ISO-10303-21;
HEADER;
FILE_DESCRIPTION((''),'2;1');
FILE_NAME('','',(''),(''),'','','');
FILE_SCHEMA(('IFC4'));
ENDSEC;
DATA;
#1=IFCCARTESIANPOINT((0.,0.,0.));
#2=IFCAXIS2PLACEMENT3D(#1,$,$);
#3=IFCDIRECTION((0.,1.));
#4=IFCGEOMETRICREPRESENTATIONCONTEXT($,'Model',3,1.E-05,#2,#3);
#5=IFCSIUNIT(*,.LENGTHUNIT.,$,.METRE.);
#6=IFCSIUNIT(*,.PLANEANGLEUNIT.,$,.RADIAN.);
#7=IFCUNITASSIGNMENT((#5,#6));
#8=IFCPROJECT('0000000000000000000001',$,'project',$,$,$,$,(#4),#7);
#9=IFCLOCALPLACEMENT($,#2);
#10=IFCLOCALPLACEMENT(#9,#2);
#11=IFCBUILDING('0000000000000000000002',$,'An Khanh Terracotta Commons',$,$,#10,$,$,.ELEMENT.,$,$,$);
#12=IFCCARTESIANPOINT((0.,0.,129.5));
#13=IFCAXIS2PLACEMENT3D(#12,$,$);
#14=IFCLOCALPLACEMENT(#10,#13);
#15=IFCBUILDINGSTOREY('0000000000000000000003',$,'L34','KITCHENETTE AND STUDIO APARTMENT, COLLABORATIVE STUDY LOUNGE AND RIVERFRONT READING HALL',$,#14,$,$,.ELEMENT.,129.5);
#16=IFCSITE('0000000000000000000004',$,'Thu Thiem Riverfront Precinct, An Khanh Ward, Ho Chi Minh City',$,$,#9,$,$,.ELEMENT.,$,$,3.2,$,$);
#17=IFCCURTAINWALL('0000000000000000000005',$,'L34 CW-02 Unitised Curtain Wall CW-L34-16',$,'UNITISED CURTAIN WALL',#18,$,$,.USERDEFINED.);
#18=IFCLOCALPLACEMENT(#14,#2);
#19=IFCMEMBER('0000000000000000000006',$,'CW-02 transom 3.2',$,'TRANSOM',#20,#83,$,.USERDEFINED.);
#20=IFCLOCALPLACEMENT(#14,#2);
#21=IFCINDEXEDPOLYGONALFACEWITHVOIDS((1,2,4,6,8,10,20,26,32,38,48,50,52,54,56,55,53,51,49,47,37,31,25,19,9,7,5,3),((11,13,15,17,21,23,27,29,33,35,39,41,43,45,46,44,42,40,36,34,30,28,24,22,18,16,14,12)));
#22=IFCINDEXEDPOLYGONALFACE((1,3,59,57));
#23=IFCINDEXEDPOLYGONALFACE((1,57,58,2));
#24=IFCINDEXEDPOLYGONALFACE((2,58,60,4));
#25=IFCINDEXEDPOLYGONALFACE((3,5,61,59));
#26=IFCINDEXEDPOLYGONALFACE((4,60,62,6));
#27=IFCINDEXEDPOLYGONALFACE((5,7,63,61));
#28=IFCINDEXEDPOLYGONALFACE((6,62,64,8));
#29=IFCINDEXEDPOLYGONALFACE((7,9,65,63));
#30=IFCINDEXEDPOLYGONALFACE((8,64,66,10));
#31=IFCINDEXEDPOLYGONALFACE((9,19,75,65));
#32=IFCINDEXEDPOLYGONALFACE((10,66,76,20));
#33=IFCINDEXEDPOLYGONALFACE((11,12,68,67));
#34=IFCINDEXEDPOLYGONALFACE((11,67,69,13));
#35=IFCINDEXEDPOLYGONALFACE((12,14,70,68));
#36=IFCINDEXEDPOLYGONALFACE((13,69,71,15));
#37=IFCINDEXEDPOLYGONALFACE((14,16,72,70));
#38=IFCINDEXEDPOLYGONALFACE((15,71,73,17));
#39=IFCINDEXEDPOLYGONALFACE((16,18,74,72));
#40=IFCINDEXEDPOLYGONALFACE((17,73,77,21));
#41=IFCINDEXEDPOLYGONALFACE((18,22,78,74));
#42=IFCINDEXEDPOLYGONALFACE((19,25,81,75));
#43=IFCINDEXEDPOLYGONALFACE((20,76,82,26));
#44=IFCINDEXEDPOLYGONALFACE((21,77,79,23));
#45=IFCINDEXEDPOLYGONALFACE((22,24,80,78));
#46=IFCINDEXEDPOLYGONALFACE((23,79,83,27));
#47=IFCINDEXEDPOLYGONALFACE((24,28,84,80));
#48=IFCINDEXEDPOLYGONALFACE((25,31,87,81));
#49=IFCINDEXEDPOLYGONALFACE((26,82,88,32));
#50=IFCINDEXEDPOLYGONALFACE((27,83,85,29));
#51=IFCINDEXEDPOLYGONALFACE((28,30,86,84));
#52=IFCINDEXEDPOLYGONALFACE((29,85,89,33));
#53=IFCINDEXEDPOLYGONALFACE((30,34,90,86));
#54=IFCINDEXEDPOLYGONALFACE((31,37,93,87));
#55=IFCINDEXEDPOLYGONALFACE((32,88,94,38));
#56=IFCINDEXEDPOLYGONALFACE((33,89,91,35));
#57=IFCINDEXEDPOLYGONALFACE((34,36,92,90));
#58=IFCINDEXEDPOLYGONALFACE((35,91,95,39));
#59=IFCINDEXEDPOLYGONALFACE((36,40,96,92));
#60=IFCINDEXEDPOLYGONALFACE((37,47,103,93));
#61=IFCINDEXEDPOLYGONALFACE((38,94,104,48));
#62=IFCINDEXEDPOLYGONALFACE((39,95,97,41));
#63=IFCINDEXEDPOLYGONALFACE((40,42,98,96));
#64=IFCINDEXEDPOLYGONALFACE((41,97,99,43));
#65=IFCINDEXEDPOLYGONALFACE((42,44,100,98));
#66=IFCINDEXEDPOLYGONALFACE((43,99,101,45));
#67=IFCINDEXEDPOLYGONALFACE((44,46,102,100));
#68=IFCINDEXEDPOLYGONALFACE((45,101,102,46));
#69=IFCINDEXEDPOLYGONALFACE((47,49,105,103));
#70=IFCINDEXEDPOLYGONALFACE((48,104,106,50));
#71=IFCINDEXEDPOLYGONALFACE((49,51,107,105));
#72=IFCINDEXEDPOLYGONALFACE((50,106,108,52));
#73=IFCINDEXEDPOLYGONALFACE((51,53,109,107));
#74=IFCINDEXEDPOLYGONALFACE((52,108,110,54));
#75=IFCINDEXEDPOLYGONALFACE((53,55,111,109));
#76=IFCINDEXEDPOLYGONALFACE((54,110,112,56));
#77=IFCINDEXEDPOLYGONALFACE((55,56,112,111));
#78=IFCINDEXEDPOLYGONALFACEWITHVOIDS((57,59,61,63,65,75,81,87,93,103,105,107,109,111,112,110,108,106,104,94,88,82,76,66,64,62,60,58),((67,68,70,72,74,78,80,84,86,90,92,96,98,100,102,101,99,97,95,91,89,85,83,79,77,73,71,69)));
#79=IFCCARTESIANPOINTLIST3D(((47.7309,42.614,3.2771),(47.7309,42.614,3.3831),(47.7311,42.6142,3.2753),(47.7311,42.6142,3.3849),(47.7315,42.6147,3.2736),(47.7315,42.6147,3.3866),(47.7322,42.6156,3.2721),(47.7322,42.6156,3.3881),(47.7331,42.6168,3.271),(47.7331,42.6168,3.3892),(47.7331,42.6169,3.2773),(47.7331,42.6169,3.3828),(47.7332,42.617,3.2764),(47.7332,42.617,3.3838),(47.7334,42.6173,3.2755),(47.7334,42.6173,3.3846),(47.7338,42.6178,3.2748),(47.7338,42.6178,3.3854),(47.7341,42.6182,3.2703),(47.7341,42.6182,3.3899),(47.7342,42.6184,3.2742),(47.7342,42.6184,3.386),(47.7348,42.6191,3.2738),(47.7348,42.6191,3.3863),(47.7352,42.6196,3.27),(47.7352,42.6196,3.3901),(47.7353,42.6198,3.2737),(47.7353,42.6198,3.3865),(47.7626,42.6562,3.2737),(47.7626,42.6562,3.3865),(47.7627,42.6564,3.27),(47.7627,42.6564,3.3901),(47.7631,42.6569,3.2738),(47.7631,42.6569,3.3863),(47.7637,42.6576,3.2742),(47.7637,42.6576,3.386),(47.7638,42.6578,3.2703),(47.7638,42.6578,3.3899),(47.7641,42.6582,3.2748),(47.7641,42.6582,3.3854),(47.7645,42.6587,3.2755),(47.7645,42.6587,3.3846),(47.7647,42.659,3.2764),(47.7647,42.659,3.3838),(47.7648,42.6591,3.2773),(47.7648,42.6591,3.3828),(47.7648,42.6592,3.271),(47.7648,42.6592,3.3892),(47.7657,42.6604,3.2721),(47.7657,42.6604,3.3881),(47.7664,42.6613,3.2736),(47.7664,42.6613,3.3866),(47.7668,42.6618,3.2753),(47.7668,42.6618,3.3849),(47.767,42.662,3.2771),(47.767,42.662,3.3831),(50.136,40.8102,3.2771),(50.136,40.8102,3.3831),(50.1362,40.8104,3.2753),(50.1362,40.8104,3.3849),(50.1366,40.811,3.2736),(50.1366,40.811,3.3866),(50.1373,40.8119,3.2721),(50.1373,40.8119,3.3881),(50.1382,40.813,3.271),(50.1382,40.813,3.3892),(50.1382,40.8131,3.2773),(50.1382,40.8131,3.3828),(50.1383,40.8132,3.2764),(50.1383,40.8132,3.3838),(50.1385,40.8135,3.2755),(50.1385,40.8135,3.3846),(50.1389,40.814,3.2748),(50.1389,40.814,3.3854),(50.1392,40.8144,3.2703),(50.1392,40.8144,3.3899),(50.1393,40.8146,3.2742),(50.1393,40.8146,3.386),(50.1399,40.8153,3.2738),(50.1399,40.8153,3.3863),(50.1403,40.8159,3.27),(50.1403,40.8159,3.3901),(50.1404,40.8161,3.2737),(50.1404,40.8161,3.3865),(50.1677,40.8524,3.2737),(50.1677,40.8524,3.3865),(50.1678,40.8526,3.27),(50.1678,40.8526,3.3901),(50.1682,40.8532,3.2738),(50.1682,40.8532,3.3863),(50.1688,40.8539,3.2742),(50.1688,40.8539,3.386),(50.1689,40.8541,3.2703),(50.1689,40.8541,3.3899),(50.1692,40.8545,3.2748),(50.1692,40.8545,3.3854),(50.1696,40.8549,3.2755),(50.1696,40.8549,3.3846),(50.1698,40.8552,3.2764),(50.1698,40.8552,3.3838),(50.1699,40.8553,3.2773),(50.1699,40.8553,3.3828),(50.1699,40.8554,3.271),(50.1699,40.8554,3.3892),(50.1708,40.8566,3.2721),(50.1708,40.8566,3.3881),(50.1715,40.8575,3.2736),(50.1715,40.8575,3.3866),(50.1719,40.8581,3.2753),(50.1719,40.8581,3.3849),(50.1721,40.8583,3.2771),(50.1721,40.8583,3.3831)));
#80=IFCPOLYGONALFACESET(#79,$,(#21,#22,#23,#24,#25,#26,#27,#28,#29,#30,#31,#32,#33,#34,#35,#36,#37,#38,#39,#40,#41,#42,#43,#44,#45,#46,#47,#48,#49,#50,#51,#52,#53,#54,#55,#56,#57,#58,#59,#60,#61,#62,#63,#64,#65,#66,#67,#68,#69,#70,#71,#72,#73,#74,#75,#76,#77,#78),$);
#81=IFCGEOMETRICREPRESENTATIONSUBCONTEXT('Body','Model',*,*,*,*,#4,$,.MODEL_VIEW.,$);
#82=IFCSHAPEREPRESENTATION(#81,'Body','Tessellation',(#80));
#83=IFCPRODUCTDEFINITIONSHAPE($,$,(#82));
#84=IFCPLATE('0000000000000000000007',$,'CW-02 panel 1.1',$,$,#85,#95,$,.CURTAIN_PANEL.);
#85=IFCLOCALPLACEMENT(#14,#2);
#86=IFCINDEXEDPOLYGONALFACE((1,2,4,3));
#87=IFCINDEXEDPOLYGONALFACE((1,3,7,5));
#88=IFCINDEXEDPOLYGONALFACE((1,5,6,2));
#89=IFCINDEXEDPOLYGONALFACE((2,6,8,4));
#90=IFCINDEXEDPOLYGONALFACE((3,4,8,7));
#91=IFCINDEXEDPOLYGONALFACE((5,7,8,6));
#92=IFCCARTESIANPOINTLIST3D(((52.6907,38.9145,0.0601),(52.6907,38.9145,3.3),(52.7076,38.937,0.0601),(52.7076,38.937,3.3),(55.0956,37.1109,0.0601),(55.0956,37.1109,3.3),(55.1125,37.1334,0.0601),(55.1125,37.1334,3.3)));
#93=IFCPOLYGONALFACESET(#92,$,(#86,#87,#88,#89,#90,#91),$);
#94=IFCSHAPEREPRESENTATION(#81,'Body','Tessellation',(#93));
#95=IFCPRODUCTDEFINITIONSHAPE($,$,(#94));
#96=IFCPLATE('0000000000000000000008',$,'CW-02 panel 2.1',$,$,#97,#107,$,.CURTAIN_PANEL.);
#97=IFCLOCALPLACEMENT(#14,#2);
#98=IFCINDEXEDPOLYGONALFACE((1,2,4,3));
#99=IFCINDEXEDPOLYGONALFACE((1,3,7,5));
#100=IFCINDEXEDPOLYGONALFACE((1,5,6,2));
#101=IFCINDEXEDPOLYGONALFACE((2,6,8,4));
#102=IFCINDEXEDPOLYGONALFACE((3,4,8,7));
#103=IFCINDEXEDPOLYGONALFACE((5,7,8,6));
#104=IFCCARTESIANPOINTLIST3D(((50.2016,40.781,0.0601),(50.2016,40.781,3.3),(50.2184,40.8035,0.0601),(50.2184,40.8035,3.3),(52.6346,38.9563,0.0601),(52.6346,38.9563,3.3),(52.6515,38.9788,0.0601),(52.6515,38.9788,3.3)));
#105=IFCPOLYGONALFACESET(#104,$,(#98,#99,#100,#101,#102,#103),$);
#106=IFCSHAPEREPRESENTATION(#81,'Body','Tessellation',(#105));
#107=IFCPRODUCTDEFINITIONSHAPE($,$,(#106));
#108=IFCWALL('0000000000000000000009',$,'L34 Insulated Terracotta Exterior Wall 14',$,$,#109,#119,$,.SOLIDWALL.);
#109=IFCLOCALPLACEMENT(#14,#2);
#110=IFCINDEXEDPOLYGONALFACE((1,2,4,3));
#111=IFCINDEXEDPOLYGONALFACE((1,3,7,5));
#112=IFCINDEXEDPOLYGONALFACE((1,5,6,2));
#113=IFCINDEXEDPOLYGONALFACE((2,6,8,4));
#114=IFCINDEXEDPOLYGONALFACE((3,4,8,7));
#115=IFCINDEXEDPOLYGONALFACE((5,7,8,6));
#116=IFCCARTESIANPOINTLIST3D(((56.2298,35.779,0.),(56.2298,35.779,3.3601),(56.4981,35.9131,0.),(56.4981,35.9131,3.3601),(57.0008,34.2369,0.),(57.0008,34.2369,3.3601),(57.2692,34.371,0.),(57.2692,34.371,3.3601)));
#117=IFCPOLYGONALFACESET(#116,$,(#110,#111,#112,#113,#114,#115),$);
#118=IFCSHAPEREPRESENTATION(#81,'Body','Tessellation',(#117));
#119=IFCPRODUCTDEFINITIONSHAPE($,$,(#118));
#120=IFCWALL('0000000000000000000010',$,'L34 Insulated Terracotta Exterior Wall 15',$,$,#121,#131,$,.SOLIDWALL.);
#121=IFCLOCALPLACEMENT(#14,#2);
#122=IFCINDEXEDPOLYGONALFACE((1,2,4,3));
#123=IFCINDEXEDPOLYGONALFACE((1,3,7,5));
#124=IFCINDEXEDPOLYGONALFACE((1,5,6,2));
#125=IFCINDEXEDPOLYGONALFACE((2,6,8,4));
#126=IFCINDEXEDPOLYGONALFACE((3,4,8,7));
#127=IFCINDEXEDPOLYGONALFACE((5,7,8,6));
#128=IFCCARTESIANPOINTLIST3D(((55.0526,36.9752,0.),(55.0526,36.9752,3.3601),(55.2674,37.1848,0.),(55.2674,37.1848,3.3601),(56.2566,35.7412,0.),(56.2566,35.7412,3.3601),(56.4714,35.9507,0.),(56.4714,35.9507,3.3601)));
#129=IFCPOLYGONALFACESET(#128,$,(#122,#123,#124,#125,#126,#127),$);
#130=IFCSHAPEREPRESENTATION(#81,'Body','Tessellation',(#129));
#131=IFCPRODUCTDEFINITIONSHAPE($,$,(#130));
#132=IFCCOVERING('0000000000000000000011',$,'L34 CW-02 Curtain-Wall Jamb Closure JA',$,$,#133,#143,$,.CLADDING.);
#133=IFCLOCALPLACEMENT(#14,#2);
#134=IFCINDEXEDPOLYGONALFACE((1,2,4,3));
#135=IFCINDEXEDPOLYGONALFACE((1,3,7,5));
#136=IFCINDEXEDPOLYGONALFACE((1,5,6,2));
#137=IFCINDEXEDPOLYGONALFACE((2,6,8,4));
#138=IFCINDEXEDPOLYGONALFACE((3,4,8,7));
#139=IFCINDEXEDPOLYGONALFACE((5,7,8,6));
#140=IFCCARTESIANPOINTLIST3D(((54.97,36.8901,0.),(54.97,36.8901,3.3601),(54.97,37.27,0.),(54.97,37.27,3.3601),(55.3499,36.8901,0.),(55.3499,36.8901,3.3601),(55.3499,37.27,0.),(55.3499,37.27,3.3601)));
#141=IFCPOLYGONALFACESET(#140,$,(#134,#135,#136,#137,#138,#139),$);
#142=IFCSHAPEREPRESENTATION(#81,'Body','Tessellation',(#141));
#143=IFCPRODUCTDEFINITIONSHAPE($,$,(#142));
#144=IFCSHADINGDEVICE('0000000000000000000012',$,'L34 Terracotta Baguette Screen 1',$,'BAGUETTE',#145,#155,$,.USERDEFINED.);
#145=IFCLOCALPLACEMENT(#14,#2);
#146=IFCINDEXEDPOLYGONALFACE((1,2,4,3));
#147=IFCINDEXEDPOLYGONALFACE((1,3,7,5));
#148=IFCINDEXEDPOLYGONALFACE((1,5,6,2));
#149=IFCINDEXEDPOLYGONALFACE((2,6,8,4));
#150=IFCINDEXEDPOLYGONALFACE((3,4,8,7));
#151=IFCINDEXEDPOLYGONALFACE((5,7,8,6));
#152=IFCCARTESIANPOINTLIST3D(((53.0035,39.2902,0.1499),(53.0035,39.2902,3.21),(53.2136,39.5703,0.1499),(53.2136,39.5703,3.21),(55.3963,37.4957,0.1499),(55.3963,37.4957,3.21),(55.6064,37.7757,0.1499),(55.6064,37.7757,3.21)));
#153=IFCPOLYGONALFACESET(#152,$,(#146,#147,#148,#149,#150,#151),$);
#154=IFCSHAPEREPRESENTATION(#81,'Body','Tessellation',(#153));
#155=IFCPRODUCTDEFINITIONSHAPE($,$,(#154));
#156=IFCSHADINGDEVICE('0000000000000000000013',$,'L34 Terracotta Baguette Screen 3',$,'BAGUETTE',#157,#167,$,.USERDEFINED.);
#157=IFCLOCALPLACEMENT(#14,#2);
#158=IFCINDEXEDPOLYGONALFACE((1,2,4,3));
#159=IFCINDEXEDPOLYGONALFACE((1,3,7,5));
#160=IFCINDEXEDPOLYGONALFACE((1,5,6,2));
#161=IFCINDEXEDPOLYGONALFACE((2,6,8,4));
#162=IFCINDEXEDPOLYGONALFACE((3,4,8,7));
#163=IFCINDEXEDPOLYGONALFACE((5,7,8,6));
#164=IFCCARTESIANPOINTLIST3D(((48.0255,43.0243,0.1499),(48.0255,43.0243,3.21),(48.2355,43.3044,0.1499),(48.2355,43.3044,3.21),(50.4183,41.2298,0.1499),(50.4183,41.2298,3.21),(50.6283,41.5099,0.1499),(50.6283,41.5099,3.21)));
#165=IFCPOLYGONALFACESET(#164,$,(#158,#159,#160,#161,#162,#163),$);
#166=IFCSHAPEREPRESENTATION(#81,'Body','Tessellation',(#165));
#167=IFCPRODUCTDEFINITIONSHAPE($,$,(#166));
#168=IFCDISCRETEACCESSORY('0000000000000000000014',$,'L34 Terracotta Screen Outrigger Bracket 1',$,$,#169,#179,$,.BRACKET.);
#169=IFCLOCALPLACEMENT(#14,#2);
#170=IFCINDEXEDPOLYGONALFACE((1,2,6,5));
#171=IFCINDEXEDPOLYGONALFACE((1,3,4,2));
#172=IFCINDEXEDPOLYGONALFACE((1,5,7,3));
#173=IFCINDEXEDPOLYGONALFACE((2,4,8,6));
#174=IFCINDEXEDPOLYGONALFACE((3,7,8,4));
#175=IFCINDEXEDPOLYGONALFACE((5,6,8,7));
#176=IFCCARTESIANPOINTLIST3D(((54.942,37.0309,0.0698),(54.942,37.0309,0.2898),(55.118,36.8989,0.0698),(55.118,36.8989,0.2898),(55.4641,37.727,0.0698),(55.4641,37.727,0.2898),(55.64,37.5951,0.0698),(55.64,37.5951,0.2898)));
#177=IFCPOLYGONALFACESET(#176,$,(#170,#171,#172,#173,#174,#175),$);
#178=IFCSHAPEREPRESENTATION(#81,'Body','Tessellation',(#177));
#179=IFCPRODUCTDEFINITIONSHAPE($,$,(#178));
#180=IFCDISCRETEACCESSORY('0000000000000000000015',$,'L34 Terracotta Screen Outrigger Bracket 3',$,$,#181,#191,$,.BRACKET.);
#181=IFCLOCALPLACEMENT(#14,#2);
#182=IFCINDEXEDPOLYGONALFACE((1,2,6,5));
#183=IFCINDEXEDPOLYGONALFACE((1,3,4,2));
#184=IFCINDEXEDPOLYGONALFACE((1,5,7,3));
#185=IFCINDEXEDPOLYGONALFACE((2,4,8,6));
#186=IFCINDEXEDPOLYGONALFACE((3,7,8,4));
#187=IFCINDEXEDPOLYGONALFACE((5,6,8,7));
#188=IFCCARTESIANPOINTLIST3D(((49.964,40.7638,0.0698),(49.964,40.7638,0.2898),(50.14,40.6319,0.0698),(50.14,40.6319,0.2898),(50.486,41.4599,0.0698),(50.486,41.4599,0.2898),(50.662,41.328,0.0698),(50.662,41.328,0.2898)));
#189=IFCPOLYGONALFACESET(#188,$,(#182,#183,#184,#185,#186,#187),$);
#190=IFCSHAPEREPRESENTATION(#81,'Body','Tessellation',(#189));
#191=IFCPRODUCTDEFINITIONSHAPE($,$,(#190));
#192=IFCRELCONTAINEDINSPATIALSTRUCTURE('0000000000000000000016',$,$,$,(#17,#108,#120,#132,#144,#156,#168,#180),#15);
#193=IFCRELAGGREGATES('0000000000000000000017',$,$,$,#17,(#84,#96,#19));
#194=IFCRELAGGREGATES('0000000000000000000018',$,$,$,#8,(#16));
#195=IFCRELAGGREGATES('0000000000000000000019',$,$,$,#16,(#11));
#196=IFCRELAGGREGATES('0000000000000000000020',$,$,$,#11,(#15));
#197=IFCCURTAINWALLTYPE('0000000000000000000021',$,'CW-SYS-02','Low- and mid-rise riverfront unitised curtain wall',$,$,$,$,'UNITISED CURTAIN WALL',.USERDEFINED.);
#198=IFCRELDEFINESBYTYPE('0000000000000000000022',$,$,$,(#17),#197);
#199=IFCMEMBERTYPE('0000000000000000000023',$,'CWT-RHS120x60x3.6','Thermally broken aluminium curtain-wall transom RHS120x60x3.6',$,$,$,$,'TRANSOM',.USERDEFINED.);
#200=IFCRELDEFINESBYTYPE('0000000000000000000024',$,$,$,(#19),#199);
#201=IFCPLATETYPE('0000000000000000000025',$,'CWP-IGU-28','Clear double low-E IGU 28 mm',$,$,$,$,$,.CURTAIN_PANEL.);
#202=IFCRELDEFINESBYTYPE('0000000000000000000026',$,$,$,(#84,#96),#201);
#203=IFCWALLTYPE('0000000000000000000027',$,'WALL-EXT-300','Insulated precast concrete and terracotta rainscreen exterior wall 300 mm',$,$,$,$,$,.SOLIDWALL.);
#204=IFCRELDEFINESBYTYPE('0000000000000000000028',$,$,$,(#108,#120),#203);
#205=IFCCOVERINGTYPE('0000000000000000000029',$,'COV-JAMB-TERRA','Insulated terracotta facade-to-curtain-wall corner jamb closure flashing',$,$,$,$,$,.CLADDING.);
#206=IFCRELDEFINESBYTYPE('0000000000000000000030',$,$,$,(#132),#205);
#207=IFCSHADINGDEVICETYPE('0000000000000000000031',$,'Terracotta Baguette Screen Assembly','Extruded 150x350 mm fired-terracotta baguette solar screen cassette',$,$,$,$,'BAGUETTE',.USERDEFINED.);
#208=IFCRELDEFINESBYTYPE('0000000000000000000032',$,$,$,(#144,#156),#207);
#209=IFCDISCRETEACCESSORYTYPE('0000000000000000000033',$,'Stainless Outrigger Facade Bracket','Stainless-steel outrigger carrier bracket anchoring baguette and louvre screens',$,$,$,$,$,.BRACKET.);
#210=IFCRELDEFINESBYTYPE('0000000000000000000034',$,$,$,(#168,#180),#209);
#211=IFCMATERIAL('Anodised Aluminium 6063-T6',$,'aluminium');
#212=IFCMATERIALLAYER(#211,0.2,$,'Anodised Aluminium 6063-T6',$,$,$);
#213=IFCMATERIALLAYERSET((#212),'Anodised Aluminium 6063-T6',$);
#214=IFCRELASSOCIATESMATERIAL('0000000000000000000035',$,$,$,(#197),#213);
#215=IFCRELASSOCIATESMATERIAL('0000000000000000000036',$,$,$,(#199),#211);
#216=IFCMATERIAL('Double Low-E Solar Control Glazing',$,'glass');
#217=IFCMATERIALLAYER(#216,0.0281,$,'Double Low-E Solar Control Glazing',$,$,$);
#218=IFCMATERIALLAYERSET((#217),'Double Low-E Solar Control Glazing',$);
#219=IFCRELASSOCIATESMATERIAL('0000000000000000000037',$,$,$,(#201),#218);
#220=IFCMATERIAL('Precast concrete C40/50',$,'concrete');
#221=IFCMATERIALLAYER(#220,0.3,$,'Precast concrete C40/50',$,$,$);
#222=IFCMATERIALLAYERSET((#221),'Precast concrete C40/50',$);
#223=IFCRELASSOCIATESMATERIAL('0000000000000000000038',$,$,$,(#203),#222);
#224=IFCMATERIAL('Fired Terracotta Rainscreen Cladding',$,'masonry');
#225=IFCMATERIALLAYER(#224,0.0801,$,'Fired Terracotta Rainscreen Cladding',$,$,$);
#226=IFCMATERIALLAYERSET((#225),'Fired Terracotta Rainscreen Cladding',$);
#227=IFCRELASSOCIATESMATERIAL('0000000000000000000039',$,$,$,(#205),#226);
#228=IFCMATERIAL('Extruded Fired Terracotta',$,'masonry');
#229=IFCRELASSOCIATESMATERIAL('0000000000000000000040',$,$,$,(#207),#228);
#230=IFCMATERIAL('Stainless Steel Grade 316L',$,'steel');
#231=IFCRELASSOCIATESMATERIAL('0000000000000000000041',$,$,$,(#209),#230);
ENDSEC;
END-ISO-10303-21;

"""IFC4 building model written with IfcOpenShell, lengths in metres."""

from ifc_helpers import new_model, si_unit, direction, frame, frame_2d, origin, origin_2d, place, context, subcontext, project, spatial, rectangle, hollow_rectangle, extrude, material, layer, layer_set, material_profile, profile_set, type_object, element, aggregate, save


model = new_model("IFC4")

# Units and contexts
model_context = context("Model", 3, precision=1e-05, world=origin(), true_north=direction((0.0, 1.0)))
body_context = subcontext(model_context, "Body", "Model", "MODEL_VIEW")
ifc_project = project(units=[si_unit("LENGTHUNIT", "METRE"), si_unit("PLANEANGLEUNIT", "RADIAN")], contexts=[model_context])

# Site, building, storey
site_placement = place(None, origin())
site = spatial("IfcSite", under=ifc_project, at=site_placement, Name="Thu Thiem Riverfront Precinct, An Khanh Ward, Ho Chi Minh City", CompositionType="ELEMENT", RefElevation=3.2)
building_placement = place(site_placement, origin())
building = spatial("IfcBuilding", under=site, at=building_placement, Name="An Khanh Terracotta Commons", CompositionType="ELEMENT")
storey_placement = place(building_placement, frame((0.0, 0.0, 129.5)))
storey = spatial("IfcBuildingStorey", under=building, at=storey_placement, Name="L34", Description="KITCHENETTE AND STUDIO APARTMENT, COLLABORATIVE STUDY LOUNGE AND RIVERFRONT READING HALL", CompositionType="ELEMENT", Elevation=129.5)

# Curtain wall, member, plates
ifc_material_1 = material(Name="Anodised Aluminium 6063-T6", Category="aluminium")
ifc_layer_1 = layer(ifc_material_1, 0.2, Name="Anodised Aluminium 6063-T6")
ifc_layer_set_1 = layer_set([ifc_layer_1], Name="Anodised Aluminium 6063-T6")
curtain_wall_type = type_object("IfcCurtainWallType", Name="CW-SYS-02", Description="Low- and mid-rise riverfront unitised curtain wall", ElementType="UNITISED CURTAIN WALL", PredefinedType="USERDEFINED", material=ifc_layer_set_1)
curtain_wall_placement = place(storey_placement, origin())
curtain_wall = element("IfcCurtainWall", 1, at=curtain_wall_placement, inside=storey, type_object=curtain_wall_type, Name="L34 CW-02 Unitised Curtain Wall CW-L34-16", ObjectType="UNITISED CURTAIN WALL", PredefinedType="USERDEFINED")
ifc_material_profile_1 = material_profile(ifc_material_1, hollow_rectangle(XDim=0.0601, YDim=0.1201, WallThickness=0.0037, InnerFilletRadius=0.0037, OuterFilletRadius=0.0071, at=origin_2d()), Name="RHS120x60x3.6")
ifc_profile_set_1 = profile_set([ifc_material_profile_1], Name="Anodised Aluminium 6063-T6")
member_type_1 = type_object("IfcMemberType", Name="CWT-RHS120x60x3.6", Description="Thermally broken aluminium curtain-wall transom RHS120x60x3.6", ElementType="TRANSOM", PredefinedType="USERDEFINED", material=ifc_profile_set_1)
member_1_placement = place(storey_placement, frame((50.1541, 40.8342, 3.3301), z_axis=(-0.80001, 0.599987, 0.0), x_axis=(-0.599987, -0.80001, 0.0)))
member_1 = element("IfcMember", 2, at=member_1_placement, type_object=member_type_1, Name="CW-02 transom 3.2", ObjectType="TRANSOM", PredefinedType="USERDEFINED", context=body_context, shape_type="SweptSolid", body=[
    extrude(hollow_rectangle(XDim=0.0601, YDim=0.1201, WallThickness=0.0037, InnerFilletRadius=0.0037, OuterFilletRadius=0.0071, at=origin_2d()), origin(), (0.0, 0.0, 1.0), 3.0063),
])
ifc_material_2 = material(Name="Double Low-E Solar Control Glazing", Category="glass")
ifc_layer_2 = layer(ifc_material_2, 0.0281, Name="Double Low-E Solar Control Glazing")
ifc_layer_set_2 = layer_set([ifc_layer_2], Name="Double Low-E Solar Control Glazing")
plate_type = type_object("IfcPlateType", Name="CWP-IGU-28", Description="Clear double low-E IGU 28 mm", PredefinedType="CURTAIN_PANEL", material=ifc_layer_set_2)
plate_1_placement = place(storey_placement, frame((53.9016, 38.0239, 0.0601), z_axis=(0.0, 0.0, 1.0), x_axis=(-0.800013, 0.599983, 0.0)))
plate_1 = element("IfcPlate", 3, at=plate_1_placement, type_object=plate_type, Name="CW-02 panel 1.1", PredefinedType="CURTAIN_PANEL", context=body_context, shape_type="SweptSolid", body=[
    extrude(rectangle(XDim=3.0061, YDim=0.0281, at=origin_2d()), origin(), (0.0, 0.0, 1.0), 3.24),
])
plate_2_placement = place(storey_placement, frame((51.4265, 39.8799, 0.0601), z_axis=(0.0, 0.0, 1.0), x_axis=(-0.800013, 0.599983, 0.0)))
plate_2 = element("IfcPlate", 4, at=plate_2_placement, type_object=plate_type, Name="CW-02 panel 2.1", PredefinedType="CURTAIN_PANEL", context=body_context, shape_type="SweptSolid", body=[
    extrude(rectangle(XDim=3.0413, YDim=0.0281, at=origin_2d()), origin(), (0.0, 0.0, 1.0), 3.24),
])
aggregate(curtain_wall, [plate_1, plate_2, member_1])

# Walls
ifc_material_3 = material(Name="Precast concrete C40/50", Category="concrete")
ifc_layer_3 = layer(ifc_material_3, 0.3, Name="Precast concrete C40/50")
ifc_layer_set_3 = layer_set([ifc_layer_3], Name="Precast concrete C40/50")
wall_type = type_object("IfcWallType", Name="WALL-EXT-300", Description="Insulated precast concrete and terracotta rainscreen exterior wall 300 mm", PredefinedType="SOLIDWALL", material=ifc_layer_set_3)
for number, where, z_axis, x_axis, name in (
    (5, (57.135, 34.304, 0.0), (0.0, 0.0, 1.0), (-0.447214, 0.894427, 0.0), "L34 Insulated Terracotta Exterior Wall 14"),
    (6, (56.364, 35.8459, 0.0), (0.0, 0.0, 1.0), (-0.698345, 0.715761, 0.0), "L34 Insulated Terracotta Exterior Wall 15"),
):
    element("IfcWall", number, at=place(storey_placement, frame(where, z_axis=z_axis, x_axis=x_axis)), inside=storey, type_object=wall_type, Name=name, PredefinedType="SOLIDWALL", context=body_context, shape_type="SweptSolid", body=[
        extrude(rectangle(XDim=1.7241, YDim=0.3, at=frame_2d((0.8621, 0.0))), origin(), (0.0, 0.0, 1.0), 3.3601),
    ])

# Covering
ifc_material_4 = material(Name="Fired Terracotta Rainscreen Cladding", Category="masonry")
ifc_layer_4 = layer(ifc_material_4, 0.0801, Name="Fired Terracotta Rainscreen Cladding")
ifc_layer_set_4 = layer_set([ifc_layer_4], Name="Fired Terracotta Rainscreen Cladding")
covering_type = type_object("IfcCoveringType", Name="COV-JAMB-TERRA", Description="Insulated terracotta facade-to-curtain-wall corner jamb closure flashing", PredefinedType="CLADDING", material=ifc_layer_set_4)
covering_placement = place(storey_placement, frame((55.1599, 37.0801, 0.0), z_axis=(0.0, 0.0, 1.0), x_axis=(1.0, 0.0, 0.0)))
element("IfcCovering", 7, at=covering_placement, inside=storey, type_object=covering_type, Name="L34 CW-02 Curtain-Wall Jamb Closure JA", PredefinedType="CLADDING", context=body_context, shape_type="SweptSolid", body=[
    extrude(rectangle(XDim=0.3799, YDim=0.3799, at=origin_2d()), origin(), (0.0, 0.0, 1.0), 3.3601),
])

# Shading devices
ifc_material_5 = material(Name="Extruded Fired Terracotta", Category="masonry")
shading_device_type = type_object("IfcShadingDeviceType", Name="Terracotta Baguette Screen Assembly", Description="Extruded 150x350 mm fired-terracotta baguette solar screen cassette", ElementType="BAGUETTE", PredefinedType="USERDEFINED", material=ifc_material_5)
for number, where, z_axis, x_axis, name in (
    (8, (54.3049, 38.533, 0.1499), (0.0, 0.0, 1.0), (-0.800013, 0.599983, 0.0), "L34 Terracotta Baguette Screen 1"),
    (9, (49.3269, 42.2671, 0.1499), (0.0, 0.0, 1.0), (-0.800013, 0.599983, 0.0), "L34 Terracotta Baguette Screen 3"),
):
    element("IfcShadingDevice", number, at=place(storey_placement, frame(where, z_axis=z_axis, x_axis=x_axis)), inside=storey, type_object=shading_device_type, Name=name, ObjectType="BAGUETTE", PredefinedType="USERDEFINED", context=body_context, shape_type="SweptSolid", body=[
        extrude(rectangle(XDim=2.991, YDim=0.3501, at=origin_2d()), origin(), (0.0, 0.0, 1.0), 3.0601),
    ])

# Discrete accessories
ifc_material_6 = material(Name="Stainless Steel Grade 316L", Category="steel")
discrete_accessory_type = type_object("IfcDiscreteAccessoryType", Name="Stainless Outrigger Facade Bracket", Description="Stainless-steel outrigger carrier bracket anchoring baguette and louvre screens", PredefinedType="BRACKET", material=ifc_material_6)
for number, where, z_axis, x_axis, name in (
    (10, (55.291, 37.313, 0.0698), (0.0, 0.0, 1.0), (-0.800013, 0.599983, 0.0), "L34 Terracotta Screen Outrigger Bracket 1"),
    (11, (50.313, 41.0459, 0.0698), (0.0, 0.0, 1.0), (-0.800013, 0.599983, 0.0), "L34 Terracotta Screen Outrigger Bracket 3"),
):
    element("IfcDiscreteAccessory", number, at=place(storey_placement, frame(where, z_axis=z_axis, x_axis=x_axis)), inside=storey, type_object=discrete_accessory_type, Name=name, PredefinedType="BRACKET", context=body_context, shape_type="SweptSolid", body=[
        extrude(rectangle(XDim=0.22, YDim=0.8701, at=origin_2d()), origin(), (0.0, 0.0, 1.0), 0.22),
    ])

save(model, "model.ifc")
